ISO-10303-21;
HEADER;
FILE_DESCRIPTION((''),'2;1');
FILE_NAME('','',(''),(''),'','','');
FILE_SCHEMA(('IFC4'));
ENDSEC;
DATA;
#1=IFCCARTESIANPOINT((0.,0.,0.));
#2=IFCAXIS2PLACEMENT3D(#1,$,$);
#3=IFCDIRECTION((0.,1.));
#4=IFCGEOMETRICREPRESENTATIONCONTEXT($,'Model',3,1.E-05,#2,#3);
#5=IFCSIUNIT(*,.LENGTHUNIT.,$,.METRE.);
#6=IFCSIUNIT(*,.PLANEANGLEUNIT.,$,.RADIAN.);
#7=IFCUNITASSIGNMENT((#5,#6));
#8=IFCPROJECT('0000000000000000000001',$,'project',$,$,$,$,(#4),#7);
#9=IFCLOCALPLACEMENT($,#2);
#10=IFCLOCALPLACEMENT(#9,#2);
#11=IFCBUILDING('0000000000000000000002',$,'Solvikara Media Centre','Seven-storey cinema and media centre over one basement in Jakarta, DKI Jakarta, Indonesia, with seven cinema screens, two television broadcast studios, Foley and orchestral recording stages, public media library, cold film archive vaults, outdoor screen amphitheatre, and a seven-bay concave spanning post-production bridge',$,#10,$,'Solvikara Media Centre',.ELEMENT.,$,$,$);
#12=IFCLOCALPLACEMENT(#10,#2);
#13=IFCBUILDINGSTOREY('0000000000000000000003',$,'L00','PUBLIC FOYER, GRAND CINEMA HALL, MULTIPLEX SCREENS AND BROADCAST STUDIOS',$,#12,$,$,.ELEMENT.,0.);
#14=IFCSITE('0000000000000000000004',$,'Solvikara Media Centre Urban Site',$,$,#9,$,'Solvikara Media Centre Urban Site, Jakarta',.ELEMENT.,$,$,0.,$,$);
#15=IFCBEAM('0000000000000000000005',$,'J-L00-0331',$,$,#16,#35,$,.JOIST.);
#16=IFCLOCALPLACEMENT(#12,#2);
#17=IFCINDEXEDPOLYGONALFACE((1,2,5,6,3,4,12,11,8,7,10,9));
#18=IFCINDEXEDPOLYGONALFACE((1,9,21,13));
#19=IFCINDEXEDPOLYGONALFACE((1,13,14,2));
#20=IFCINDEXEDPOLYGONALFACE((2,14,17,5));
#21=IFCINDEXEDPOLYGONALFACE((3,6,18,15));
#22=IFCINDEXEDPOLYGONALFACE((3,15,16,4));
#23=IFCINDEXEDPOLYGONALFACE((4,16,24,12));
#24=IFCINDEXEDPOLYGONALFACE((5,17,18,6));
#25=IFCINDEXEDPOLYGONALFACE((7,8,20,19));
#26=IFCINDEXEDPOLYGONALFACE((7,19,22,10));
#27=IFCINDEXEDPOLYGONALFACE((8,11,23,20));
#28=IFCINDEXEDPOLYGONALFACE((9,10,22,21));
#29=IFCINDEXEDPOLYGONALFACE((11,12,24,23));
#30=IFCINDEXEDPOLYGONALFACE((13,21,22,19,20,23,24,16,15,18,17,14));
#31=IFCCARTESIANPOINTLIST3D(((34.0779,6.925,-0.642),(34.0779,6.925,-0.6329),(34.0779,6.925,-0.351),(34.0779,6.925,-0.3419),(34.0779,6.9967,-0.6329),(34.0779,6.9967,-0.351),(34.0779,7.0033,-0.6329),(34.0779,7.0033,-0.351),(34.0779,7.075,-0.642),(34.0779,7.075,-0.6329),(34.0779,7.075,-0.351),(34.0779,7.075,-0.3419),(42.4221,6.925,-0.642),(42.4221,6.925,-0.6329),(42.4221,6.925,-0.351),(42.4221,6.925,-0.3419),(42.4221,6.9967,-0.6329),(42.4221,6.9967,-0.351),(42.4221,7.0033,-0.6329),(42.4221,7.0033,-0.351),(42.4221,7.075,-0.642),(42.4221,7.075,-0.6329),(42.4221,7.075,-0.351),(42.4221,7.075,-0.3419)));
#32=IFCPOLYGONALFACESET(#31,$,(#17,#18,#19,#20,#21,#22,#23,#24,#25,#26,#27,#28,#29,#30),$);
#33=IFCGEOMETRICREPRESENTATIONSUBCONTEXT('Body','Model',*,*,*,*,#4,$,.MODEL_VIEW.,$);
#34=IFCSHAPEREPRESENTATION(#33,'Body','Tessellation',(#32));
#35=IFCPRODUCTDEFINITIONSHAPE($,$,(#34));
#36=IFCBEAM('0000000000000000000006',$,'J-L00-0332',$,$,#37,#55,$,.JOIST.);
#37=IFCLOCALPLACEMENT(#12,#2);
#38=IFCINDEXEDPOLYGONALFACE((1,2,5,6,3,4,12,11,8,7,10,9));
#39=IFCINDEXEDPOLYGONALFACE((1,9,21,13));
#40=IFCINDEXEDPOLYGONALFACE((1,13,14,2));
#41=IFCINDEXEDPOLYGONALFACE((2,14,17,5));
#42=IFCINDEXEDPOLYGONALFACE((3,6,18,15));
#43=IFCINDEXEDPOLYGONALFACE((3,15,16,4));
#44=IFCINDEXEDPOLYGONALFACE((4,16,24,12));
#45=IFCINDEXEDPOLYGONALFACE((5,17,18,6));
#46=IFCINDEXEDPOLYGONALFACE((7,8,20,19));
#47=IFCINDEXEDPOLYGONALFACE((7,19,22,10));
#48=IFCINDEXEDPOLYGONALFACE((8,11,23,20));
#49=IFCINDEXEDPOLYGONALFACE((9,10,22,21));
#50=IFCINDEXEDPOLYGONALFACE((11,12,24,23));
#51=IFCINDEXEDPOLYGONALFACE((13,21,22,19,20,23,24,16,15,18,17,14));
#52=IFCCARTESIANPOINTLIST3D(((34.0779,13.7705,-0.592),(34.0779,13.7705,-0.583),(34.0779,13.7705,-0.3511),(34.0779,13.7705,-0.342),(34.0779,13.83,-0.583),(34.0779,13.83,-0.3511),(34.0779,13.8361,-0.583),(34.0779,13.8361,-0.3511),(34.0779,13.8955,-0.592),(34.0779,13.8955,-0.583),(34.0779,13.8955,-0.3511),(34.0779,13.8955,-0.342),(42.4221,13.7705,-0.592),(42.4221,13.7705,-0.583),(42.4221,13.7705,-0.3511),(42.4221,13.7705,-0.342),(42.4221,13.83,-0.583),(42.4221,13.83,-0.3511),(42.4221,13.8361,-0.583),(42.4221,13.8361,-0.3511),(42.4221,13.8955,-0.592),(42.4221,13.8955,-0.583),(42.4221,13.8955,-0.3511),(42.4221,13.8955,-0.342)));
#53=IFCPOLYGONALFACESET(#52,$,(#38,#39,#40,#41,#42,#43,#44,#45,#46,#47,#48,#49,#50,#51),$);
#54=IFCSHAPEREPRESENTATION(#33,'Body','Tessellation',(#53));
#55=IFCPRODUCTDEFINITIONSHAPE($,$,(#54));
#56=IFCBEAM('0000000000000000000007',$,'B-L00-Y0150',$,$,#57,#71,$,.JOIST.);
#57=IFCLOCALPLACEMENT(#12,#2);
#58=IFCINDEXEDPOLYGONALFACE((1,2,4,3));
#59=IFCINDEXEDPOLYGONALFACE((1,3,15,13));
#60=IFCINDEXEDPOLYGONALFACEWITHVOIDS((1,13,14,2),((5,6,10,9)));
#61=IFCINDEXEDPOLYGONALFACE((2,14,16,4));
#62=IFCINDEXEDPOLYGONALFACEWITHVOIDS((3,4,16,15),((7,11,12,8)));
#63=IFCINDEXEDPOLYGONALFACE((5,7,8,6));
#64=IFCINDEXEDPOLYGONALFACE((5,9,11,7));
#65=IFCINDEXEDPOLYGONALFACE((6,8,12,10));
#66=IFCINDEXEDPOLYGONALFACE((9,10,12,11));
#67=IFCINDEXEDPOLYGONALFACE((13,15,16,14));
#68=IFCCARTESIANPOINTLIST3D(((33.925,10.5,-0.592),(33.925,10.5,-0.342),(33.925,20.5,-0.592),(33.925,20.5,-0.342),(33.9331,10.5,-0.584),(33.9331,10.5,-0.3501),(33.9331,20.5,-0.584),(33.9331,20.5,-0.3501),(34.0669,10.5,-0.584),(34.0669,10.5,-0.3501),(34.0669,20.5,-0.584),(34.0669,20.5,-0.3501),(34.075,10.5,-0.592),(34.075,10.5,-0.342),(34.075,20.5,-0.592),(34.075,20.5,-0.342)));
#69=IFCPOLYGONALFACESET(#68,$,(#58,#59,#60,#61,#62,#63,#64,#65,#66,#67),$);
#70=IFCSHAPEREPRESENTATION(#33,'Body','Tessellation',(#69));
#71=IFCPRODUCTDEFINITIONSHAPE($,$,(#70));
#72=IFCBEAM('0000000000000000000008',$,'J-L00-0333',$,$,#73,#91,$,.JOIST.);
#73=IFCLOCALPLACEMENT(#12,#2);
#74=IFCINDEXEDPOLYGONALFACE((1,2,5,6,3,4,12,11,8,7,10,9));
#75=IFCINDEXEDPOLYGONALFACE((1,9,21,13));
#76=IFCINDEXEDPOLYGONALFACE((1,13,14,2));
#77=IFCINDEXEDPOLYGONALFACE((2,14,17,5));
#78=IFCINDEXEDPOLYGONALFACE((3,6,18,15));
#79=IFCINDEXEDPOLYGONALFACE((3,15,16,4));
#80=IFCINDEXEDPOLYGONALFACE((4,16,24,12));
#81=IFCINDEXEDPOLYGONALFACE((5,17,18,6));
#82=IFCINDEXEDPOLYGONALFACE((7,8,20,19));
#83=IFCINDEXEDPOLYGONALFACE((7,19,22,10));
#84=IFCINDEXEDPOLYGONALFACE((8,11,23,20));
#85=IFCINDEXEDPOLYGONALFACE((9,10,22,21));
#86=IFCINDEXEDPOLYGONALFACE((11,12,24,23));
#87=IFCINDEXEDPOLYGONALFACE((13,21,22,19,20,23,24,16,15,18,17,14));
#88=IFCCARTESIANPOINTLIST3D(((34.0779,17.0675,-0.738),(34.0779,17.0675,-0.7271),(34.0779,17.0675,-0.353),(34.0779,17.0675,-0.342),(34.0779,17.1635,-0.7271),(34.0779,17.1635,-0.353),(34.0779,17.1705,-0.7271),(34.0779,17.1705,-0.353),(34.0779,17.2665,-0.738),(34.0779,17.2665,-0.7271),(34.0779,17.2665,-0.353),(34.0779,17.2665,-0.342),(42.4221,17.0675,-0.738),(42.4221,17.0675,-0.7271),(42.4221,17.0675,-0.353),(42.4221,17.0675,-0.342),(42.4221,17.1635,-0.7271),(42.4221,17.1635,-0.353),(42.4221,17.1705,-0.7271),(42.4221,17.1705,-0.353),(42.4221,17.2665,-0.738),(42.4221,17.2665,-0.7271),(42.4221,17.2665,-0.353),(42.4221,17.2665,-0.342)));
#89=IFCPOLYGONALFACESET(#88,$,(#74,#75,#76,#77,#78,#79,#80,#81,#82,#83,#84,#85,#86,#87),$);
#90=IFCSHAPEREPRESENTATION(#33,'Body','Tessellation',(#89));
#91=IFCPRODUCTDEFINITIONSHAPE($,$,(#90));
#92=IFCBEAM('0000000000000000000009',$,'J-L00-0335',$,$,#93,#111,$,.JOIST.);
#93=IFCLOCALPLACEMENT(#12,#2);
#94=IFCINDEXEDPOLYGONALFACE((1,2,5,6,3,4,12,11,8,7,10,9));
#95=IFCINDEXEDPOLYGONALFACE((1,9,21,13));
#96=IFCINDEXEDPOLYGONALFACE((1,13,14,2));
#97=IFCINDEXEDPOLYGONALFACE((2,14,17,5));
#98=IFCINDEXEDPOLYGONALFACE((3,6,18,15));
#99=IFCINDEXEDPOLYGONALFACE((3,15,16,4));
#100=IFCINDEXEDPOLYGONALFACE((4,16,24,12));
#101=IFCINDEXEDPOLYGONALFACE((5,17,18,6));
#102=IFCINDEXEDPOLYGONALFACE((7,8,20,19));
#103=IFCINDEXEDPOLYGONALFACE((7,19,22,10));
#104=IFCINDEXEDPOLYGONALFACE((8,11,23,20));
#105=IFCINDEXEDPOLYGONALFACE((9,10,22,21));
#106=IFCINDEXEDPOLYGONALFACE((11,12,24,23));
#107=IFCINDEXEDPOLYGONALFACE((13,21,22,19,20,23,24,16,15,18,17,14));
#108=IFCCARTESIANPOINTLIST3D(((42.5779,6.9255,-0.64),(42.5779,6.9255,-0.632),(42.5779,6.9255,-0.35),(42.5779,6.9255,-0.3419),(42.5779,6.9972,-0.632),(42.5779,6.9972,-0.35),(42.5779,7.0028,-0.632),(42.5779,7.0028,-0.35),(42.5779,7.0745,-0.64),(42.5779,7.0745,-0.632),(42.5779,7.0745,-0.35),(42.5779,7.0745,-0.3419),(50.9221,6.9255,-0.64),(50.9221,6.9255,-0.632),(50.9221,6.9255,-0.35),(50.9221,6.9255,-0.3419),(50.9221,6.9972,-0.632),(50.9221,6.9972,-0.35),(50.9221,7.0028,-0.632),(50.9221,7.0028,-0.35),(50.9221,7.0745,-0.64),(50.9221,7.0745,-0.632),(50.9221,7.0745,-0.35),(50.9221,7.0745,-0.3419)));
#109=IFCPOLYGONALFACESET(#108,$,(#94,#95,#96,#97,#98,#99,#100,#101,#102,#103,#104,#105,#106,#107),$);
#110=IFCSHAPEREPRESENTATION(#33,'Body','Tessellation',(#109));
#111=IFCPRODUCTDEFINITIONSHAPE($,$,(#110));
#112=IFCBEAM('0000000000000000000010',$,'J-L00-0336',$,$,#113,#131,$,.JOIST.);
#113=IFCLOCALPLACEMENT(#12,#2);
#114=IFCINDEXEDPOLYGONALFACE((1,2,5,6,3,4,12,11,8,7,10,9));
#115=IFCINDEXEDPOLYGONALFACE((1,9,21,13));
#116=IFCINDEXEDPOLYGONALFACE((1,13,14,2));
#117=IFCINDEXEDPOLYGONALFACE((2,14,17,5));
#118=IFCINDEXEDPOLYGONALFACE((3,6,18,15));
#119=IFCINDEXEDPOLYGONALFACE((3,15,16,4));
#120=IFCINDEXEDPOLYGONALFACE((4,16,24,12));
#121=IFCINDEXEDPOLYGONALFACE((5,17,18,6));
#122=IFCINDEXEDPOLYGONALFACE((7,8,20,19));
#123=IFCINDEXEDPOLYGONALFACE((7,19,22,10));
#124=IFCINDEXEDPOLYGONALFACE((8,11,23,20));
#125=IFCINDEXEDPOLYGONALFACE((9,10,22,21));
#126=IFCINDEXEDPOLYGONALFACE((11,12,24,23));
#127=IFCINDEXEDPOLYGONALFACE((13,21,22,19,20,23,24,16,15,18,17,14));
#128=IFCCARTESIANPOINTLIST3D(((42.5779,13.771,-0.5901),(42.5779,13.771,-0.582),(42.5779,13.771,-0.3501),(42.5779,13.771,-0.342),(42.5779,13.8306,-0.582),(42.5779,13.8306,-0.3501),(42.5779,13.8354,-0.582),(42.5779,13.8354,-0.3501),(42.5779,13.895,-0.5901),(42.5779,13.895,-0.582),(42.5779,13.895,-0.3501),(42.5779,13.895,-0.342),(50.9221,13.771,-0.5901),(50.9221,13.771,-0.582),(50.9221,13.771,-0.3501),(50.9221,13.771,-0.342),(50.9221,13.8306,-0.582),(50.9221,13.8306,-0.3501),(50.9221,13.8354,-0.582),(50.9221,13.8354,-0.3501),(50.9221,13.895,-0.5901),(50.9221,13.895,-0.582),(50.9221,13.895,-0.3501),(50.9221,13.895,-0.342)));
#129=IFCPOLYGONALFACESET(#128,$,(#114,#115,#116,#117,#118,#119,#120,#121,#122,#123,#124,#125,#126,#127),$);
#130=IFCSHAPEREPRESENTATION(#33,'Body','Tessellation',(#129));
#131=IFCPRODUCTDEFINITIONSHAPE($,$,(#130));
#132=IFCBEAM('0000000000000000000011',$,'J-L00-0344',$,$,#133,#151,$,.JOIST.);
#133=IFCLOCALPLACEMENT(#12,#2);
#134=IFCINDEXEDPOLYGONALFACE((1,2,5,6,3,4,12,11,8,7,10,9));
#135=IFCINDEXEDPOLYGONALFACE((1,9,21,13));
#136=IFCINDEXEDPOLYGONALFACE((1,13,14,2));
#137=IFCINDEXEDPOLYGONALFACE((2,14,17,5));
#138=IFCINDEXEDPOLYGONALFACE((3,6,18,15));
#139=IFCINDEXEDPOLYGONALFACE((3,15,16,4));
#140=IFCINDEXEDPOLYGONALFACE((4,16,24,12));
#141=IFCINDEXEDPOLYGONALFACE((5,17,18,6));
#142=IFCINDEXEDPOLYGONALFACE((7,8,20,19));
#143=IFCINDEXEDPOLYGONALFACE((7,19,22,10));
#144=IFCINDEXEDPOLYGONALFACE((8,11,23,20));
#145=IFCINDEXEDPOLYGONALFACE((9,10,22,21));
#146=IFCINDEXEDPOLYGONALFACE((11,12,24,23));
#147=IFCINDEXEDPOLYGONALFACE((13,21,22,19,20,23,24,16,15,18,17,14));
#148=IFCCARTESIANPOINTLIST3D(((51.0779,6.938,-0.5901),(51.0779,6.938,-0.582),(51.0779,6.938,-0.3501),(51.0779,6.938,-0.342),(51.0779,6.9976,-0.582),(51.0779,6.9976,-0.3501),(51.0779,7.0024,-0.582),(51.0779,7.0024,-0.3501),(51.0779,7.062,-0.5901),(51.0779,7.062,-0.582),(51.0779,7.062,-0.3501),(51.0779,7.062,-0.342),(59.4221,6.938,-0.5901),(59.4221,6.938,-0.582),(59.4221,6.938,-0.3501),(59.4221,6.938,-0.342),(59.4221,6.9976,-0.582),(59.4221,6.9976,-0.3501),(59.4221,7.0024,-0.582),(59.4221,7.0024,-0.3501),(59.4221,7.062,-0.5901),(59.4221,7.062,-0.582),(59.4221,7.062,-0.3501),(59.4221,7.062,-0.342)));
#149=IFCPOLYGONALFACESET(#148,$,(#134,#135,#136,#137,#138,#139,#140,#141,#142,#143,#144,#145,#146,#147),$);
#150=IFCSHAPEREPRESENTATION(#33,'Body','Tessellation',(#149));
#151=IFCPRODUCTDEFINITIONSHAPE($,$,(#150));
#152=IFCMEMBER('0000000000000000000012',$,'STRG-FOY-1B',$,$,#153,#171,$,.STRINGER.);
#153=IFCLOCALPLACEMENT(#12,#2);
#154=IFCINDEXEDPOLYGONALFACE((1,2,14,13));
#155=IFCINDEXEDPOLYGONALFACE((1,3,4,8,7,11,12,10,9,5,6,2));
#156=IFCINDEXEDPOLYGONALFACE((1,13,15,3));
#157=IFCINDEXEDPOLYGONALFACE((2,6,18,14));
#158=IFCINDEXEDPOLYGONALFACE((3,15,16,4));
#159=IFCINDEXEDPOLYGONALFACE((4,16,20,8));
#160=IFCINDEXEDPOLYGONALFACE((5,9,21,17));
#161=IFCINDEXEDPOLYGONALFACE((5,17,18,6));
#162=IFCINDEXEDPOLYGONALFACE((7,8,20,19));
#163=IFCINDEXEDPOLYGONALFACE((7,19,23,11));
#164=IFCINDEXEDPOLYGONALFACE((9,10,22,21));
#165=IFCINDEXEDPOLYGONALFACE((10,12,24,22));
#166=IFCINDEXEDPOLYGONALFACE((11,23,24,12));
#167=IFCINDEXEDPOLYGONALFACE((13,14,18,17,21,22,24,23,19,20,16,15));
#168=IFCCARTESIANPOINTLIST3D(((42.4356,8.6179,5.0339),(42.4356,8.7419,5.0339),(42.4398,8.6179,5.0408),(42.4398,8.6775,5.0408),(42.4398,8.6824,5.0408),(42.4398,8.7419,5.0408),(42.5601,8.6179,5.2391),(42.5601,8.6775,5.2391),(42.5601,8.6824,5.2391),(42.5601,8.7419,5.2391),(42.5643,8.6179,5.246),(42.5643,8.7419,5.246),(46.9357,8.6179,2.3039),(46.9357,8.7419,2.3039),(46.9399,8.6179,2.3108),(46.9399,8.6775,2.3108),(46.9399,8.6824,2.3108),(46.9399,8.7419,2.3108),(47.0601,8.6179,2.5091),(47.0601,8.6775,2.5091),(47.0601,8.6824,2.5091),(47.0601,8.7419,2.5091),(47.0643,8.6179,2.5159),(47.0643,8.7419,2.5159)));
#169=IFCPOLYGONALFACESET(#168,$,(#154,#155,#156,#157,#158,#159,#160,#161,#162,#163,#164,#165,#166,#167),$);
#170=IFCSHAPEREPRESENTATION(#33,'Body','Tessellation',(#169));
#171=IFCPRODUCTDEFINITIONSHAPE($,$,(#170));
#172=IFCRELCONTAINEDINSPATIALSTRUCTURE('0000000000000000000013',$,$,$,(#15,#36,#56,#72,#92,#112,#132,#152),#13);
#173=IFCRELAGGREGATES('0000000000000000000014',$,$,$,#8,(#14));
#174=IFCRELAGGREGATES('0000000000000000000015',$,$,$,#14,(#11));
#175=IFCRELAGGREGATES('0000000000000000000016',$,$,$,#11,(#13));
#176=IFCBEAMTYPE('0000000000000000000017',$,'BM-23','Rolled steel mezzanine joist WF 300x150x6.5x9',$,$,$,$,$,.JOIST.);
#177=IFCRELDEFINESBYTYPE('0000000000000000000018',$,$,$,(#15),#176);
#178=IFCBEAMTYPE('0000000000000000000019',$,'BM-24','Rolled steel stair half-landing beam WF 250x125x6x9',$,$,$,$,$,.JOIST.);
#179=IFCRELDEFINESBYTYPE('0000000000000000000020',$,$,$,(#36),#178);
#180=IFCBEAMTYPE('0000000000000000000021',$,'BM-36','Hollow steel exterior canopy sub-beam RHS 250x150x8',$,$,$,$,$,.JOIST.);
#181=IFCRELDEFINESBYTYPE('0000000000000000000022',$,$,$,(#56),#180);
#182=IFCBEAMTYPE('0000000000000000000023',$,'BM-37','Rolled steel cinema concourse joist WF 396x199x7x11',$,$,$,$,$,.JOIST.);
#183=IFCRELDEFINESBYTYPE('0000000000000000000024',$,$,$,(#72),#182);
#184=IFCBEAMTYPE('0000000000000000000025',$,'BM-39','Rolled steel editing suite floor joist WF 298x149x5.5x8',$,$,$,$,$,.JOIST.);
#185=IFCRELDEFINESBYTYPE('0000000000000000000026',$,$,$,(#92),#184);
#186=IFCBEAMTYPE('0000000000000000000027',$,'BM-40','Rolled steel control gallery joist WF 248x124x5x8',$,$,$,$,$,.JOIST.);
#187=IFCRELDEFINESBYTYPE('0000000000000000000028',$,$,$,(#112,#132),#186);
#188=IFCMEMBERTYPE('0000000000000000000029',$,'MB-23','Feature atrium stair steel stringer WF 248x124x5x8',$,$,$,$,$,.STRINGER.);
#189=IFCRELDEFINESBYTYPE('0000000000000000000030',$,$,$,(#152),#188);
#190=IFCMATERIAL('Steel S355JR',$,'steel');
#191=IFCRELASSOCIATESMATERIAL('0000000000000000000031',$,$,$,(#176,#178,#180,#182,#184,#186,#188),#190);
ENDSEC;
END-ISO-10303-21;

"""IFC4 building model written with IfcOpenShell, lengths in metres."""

from ifc_helpers import new_model, si_unit, direction, frame, origin, origin_2d, place, context, subcontext, project, spatial, hollow_rectangle, i_section, extrude, material, material_profile, profile_set, type_object, element, save


model = new_model("IFC4")

# Units and contexts
model_context = context("Model", 3, precision=1e-05, world=origin(), true_north=direction((0.0, 1.0)))
body_context = subcontext(model_context, "Body", "Model", "MODEL_VIEW")
ifc_project = project(units=[si_unit("LENGTHUNIT", "METRE"), si_unit("PLANEANGLEUNIT", "RADIAN")], contexts=[model_context])

# Site, building, storey
site_placement = place(None, origin())
site = spatial("IfcSite", under=ifc_project, at=site_placement, Name="Solvikara Media Centre Urban Site", LongName="Solvikara Media Centre Urban Site, Jakarta", CompositionType="ELEMENT", RefElevation=0.0)
building_placement = place(site_placement, origin())
building = spatial("IfcBuilding", under=site, at=building_placement, Name="Solvikara Media Centre", Description="Seven-storey cinema and media centre over one basement in Jakarta, DKI Jakarta, Indonesia, with seven cinema screens, two television broadcast studios, Foley and orchestral recording stages, public media library, cold film archive vaults, outdoor screen amphitheatre, and a seven-bay concave spanning post-production bridge", LongName="Solvikara Media Centre", CompositionType="ELEMENT")
storey_placement = place(building_placement, origin())
storey = spatial("IfcBuildingStorey", under=building, at=storey_placement, Name="L00", Description="PUBLIC FOYER, GRAND CINEMA HALL, MULTIPLEX SCREENS AND BROADCAST STUDIOS", CompositionType="ELEMENT", Elevation=0.0)

# Beams
ifc_material_1 = material(Name="Steel S355JR", Category="steel")
ifc_material_profile_1 = material_profile(ifc_material_1, i_section(OverallWidth=0.1499, OverallDepth=0.3, WebThickness=0.0066, FlangeThickness=0.009, at=origin_2d()), Name="WF 300x150x6.5x9")
ifc_profile_set_1 = profile_set([ifc_material_profile_1], Name="Steel S355JR")
beam_type_1 = type_object("IfcBeamType", Name="BM-23", Description="Rolled steel mezzanine joist WF 300x150x6.5x9", PredefinedType="JOIST", material=ifc_profile_set_1)
beam_1_placement = place(storey_placement, frame((34.0779, 7.0, -0.4919), z_axis=(1.0, 0.0, 0.0), x_axis=(0.0, 1.0, 0.0)))
element("IfcBeam", 1, at=beam_1_placement, inside=storey, type_object=beam_type_1, Name="J-L00-0331", PredefinedType="JOIST", context=body_context, shape_type="SweptSolid", body=[
    extrude(i_section(OverallWidth=0.1499, OverallDepth=0.3, WebThickness=0.0066, FlangeThickness=0.009, at=origin_2d()), origin(), (0.0, 0.0, 1.0), 8.3442),
])
ifc_material_profile_2 = material_profile(ifc_material_1, i_section(OverallWidth=0.125, OverallDepth=0.25, WebThickness=0.0061, FlangeThickness=0.009, at=origin_2d()), Name="WF 250x125x6x9")
ifc_profile_set_2 = profile_set([ifc_material_profile_2], Name="Steel S355JR")
beam_type_2 = type_object("IfcBeamType", Name="BM-24", Description="Rolled steel stair half-landing beam WF 250x125x6x9", PredefinedType="JOIST", material=ifc_profile_set_2)
beam_2_placement = place(storey_placement, frame((34.0779, 13.833, -0.467), z_axis=(1.0, 0.0, 0.0), x_axis=(0.0, 1.0, 0.0)))
element("IfcBeam", 2, at=beam_2_placement, inside=storey, type_object=beam_type_2, Name="J-L00-0332", PredefinedType="JOIST", context=body_context, shape_type="SweptSolid", body=[
    extrude(i_section(OverallWidth=0.125, OverallDepth=0.25, WebThickness=0.0061, FlangeThickness=0.009, at=origin_2d()), origin(), (0.0, 0.0, 1.0), 8.3442),
])
ifc_material_profile_3 = material_profile(ifc_material_1, hollow_rectangle(XDim=0.1499, YDim=0.25, WallThickness=0.0081, at=origin_2d()), Name="RHS 250x150x8")
ifc_profile_set_3 = profile_set([ifc_material_profile_3], Name="Steel S355JR")
beam_type_3 = type_object("IfcBeamType", Name="BM-36", Description="Hollow steel exterior canopy sub-beam RHS 250x150x8", PredefinedType="JOIST", material=ifc_profile_set_3)
beam_3_placement = place(storey_placement, frame((34.0, 10.5, -0.467), z_axis=(0.0, 1.0, 0.0), x_axis=(-1.0, 0.0, 0.0)))
element("IfcBeam", 3, at=beam_3_placement, inside=storey, type_object=beam_type_3, Name="B-L00-Y0150", PredefinedType="JOIST", context=body_context, shape_type="SweptSolid", body=[
    extrude(hollow_rectangle(XDim=0.1499, YDim=0.25, WallThickness=0.0081, at=origin_2d()), origin(), (0.0, 0.0, 1.0), 10.0),
])
ifc_material_profile_4 = material_profile(ifc_material_1, i_section(OverallWidth=0.199, OverallDepth=0.396, WebThickness=0.0071, FlangeThickness=0.011, at=origin_2d()), Name="WF 396x199x7x11")
ifc_profile_set_4 = profile_set([ifc_material_profile_4], Name="Steel S355JR")
beam_type_4 = type_object("IfcBeamType", Name="BM-37", Description="Rolled steel cinema concourse joist WF 396x199x7x11", PredefinedType="JOIST", material=ifc_profile_set_4)
beam_4_placement = place(storey_placement, frame((34.0779, 17.167, -0.54), z_axis=(1.0, 0.0, 0.0), x_axis=(0.0, 1.0, 0.0)))
element("IfcBeam", 4, at=beam_4_placement, inside=storey, type_object=beam_type_4, Name="J-L00-0333", PredefinedType="JOIST", context=body_context, shape_type="SweptSolid", body=[
    extrude(i_section(OverallWidth=0.199, OverallDepth=0.396, WebThickness=0.0071, FlangeThickness=0.011, at=origin_2d()), origin(), (0.0, 0.0, 1.0), 8.3442),
])
ifc_material_profile_5 = material_profile(ifc_material_1, i_section(OverallWidth=0.1489, OverallDepth=0.2981, WebThickness=0.0056, FlangeThickness=0.0081, at=origin_2d()), Name="WF 298x149x5.5x8")
ifc_profile_set_5 = profile_set([ifc_material_profile_5], Name="Steel S355JR")
beam_type_5 = type_object("IfcBeamType", Name="BM-39", Description="Rolled steel editing suite floor joist WF 298x149x5.5x8", PredefinedType="JOIST", material=ifc_profile_set_5)
beam_5_placement = place(storey_placement, frame((42.5779, 7.0, -0.491), z_axis=(1.0, 0.0, 0.0), x_axis=(0.0, 1.0, 0.0)))
element("IfcBeam", 5, at=beam_5_placement, inside=storey, type_object=beam_type_5, Name="J-L00-0335", PredefinedType="JOIST", context=body_context, shape_type="SweptSolid", body=[
    extrude(i_section(OverallWidth=0.1489, OverallDepth=0.2981, WebThickness=0.0056, FlangeThickness=0.0081, at=origin_2d()), origin(), (0.0, 0.0, 1.0), 8.3442),
])
ifc_material_profile_6 = material_profile(ifc_material_1, i_section(OverallWidth=0.124, OverallDepth=0.248, WebThickness=0.0049, FlangeThickness=0.0081, at=origin_2d()), Name="WF 248x124x5x8")
ifc_profile_set_6 = profile_set([ifc_material_profile_6], Name="Steel S355JR")
beam_type_6 = type_object("IfcBeamType", Name="BM-40", Description="Rolled steel control gallery joist WF 248x124x5x8", PredefinedType="JOIST", material=ifc_profile_set_6)
for number, where, z_axis, x_axis, name in (
    (6, (42.5779, 13.833, -0.4661), (1.0, 0.0, 0.0), (0.0, 1.0, 0.0), "J-L00-0336"),
    (7, (51.0779, 7.0, -0.4661), (1.0, 0.0, 0.0), (0.0, 1.0, 0.0), "J-L00-0344"),
):
    element("IfcBeam", number, at=place(storey_placement, frame(where, z_axis=z_axis, x_axis=x_axis)), inside=storey, type_object=beam_type_6, Name=name, PredefinedType="JOIST", context=body_context, shape_type="SweptSolid", body=[
        extrude(i_section(OverallWidth=0.124, OverallDepth=0.248, WebThickness=0.0049, FlangeThickness=0.0081, at=origin_2d()), origin(), (0.0, 0.0, 1.0), 8.3442),
    ])

# Member
ifc_material_profile_7 = material_profile(ifc_material_1, i_section(OverallWidth=0.124, OverallDepth=0.248, WebThickness=0.0049, FlangeThickness=0.0081, at=origin_2d()), Name="WF 248x124x5x8")
ifc_profile_set_7 = profile_set([ifc_material_profile_7], Name="Steel S355JR")
member_type = type_object("IfcMemberType", Name="MB-23", Description="Feature atrium stair steel stringer WF 248x124x5x8", PredefinedType="STRINGER", material=ifc_profile_set_7)
member_placement = place(storey_placement, frame((47.0, 8.6799, 2.4099), z_axis=(-0.85497, 0.0, 0.518678), x_axis=(0.0, -1.0, 0.0)))
element("IfcMember", 8, at=member_placement, inside=storey, type_object=member_type, Name="STRG-FOY-1B", PredefinedType="STRINGER", context=body_context, shape_type="SweptSolid", body=[
    extrude(i_section(OverallWidth=0.124, OverallDepth=0.248, WebThickness=0.0049, FlangeThickness=0.0081, at=origin_2d()), origin(), (0.0, 0.0, 1.0), 5.2634),
])

save(model, "model.ifc")
